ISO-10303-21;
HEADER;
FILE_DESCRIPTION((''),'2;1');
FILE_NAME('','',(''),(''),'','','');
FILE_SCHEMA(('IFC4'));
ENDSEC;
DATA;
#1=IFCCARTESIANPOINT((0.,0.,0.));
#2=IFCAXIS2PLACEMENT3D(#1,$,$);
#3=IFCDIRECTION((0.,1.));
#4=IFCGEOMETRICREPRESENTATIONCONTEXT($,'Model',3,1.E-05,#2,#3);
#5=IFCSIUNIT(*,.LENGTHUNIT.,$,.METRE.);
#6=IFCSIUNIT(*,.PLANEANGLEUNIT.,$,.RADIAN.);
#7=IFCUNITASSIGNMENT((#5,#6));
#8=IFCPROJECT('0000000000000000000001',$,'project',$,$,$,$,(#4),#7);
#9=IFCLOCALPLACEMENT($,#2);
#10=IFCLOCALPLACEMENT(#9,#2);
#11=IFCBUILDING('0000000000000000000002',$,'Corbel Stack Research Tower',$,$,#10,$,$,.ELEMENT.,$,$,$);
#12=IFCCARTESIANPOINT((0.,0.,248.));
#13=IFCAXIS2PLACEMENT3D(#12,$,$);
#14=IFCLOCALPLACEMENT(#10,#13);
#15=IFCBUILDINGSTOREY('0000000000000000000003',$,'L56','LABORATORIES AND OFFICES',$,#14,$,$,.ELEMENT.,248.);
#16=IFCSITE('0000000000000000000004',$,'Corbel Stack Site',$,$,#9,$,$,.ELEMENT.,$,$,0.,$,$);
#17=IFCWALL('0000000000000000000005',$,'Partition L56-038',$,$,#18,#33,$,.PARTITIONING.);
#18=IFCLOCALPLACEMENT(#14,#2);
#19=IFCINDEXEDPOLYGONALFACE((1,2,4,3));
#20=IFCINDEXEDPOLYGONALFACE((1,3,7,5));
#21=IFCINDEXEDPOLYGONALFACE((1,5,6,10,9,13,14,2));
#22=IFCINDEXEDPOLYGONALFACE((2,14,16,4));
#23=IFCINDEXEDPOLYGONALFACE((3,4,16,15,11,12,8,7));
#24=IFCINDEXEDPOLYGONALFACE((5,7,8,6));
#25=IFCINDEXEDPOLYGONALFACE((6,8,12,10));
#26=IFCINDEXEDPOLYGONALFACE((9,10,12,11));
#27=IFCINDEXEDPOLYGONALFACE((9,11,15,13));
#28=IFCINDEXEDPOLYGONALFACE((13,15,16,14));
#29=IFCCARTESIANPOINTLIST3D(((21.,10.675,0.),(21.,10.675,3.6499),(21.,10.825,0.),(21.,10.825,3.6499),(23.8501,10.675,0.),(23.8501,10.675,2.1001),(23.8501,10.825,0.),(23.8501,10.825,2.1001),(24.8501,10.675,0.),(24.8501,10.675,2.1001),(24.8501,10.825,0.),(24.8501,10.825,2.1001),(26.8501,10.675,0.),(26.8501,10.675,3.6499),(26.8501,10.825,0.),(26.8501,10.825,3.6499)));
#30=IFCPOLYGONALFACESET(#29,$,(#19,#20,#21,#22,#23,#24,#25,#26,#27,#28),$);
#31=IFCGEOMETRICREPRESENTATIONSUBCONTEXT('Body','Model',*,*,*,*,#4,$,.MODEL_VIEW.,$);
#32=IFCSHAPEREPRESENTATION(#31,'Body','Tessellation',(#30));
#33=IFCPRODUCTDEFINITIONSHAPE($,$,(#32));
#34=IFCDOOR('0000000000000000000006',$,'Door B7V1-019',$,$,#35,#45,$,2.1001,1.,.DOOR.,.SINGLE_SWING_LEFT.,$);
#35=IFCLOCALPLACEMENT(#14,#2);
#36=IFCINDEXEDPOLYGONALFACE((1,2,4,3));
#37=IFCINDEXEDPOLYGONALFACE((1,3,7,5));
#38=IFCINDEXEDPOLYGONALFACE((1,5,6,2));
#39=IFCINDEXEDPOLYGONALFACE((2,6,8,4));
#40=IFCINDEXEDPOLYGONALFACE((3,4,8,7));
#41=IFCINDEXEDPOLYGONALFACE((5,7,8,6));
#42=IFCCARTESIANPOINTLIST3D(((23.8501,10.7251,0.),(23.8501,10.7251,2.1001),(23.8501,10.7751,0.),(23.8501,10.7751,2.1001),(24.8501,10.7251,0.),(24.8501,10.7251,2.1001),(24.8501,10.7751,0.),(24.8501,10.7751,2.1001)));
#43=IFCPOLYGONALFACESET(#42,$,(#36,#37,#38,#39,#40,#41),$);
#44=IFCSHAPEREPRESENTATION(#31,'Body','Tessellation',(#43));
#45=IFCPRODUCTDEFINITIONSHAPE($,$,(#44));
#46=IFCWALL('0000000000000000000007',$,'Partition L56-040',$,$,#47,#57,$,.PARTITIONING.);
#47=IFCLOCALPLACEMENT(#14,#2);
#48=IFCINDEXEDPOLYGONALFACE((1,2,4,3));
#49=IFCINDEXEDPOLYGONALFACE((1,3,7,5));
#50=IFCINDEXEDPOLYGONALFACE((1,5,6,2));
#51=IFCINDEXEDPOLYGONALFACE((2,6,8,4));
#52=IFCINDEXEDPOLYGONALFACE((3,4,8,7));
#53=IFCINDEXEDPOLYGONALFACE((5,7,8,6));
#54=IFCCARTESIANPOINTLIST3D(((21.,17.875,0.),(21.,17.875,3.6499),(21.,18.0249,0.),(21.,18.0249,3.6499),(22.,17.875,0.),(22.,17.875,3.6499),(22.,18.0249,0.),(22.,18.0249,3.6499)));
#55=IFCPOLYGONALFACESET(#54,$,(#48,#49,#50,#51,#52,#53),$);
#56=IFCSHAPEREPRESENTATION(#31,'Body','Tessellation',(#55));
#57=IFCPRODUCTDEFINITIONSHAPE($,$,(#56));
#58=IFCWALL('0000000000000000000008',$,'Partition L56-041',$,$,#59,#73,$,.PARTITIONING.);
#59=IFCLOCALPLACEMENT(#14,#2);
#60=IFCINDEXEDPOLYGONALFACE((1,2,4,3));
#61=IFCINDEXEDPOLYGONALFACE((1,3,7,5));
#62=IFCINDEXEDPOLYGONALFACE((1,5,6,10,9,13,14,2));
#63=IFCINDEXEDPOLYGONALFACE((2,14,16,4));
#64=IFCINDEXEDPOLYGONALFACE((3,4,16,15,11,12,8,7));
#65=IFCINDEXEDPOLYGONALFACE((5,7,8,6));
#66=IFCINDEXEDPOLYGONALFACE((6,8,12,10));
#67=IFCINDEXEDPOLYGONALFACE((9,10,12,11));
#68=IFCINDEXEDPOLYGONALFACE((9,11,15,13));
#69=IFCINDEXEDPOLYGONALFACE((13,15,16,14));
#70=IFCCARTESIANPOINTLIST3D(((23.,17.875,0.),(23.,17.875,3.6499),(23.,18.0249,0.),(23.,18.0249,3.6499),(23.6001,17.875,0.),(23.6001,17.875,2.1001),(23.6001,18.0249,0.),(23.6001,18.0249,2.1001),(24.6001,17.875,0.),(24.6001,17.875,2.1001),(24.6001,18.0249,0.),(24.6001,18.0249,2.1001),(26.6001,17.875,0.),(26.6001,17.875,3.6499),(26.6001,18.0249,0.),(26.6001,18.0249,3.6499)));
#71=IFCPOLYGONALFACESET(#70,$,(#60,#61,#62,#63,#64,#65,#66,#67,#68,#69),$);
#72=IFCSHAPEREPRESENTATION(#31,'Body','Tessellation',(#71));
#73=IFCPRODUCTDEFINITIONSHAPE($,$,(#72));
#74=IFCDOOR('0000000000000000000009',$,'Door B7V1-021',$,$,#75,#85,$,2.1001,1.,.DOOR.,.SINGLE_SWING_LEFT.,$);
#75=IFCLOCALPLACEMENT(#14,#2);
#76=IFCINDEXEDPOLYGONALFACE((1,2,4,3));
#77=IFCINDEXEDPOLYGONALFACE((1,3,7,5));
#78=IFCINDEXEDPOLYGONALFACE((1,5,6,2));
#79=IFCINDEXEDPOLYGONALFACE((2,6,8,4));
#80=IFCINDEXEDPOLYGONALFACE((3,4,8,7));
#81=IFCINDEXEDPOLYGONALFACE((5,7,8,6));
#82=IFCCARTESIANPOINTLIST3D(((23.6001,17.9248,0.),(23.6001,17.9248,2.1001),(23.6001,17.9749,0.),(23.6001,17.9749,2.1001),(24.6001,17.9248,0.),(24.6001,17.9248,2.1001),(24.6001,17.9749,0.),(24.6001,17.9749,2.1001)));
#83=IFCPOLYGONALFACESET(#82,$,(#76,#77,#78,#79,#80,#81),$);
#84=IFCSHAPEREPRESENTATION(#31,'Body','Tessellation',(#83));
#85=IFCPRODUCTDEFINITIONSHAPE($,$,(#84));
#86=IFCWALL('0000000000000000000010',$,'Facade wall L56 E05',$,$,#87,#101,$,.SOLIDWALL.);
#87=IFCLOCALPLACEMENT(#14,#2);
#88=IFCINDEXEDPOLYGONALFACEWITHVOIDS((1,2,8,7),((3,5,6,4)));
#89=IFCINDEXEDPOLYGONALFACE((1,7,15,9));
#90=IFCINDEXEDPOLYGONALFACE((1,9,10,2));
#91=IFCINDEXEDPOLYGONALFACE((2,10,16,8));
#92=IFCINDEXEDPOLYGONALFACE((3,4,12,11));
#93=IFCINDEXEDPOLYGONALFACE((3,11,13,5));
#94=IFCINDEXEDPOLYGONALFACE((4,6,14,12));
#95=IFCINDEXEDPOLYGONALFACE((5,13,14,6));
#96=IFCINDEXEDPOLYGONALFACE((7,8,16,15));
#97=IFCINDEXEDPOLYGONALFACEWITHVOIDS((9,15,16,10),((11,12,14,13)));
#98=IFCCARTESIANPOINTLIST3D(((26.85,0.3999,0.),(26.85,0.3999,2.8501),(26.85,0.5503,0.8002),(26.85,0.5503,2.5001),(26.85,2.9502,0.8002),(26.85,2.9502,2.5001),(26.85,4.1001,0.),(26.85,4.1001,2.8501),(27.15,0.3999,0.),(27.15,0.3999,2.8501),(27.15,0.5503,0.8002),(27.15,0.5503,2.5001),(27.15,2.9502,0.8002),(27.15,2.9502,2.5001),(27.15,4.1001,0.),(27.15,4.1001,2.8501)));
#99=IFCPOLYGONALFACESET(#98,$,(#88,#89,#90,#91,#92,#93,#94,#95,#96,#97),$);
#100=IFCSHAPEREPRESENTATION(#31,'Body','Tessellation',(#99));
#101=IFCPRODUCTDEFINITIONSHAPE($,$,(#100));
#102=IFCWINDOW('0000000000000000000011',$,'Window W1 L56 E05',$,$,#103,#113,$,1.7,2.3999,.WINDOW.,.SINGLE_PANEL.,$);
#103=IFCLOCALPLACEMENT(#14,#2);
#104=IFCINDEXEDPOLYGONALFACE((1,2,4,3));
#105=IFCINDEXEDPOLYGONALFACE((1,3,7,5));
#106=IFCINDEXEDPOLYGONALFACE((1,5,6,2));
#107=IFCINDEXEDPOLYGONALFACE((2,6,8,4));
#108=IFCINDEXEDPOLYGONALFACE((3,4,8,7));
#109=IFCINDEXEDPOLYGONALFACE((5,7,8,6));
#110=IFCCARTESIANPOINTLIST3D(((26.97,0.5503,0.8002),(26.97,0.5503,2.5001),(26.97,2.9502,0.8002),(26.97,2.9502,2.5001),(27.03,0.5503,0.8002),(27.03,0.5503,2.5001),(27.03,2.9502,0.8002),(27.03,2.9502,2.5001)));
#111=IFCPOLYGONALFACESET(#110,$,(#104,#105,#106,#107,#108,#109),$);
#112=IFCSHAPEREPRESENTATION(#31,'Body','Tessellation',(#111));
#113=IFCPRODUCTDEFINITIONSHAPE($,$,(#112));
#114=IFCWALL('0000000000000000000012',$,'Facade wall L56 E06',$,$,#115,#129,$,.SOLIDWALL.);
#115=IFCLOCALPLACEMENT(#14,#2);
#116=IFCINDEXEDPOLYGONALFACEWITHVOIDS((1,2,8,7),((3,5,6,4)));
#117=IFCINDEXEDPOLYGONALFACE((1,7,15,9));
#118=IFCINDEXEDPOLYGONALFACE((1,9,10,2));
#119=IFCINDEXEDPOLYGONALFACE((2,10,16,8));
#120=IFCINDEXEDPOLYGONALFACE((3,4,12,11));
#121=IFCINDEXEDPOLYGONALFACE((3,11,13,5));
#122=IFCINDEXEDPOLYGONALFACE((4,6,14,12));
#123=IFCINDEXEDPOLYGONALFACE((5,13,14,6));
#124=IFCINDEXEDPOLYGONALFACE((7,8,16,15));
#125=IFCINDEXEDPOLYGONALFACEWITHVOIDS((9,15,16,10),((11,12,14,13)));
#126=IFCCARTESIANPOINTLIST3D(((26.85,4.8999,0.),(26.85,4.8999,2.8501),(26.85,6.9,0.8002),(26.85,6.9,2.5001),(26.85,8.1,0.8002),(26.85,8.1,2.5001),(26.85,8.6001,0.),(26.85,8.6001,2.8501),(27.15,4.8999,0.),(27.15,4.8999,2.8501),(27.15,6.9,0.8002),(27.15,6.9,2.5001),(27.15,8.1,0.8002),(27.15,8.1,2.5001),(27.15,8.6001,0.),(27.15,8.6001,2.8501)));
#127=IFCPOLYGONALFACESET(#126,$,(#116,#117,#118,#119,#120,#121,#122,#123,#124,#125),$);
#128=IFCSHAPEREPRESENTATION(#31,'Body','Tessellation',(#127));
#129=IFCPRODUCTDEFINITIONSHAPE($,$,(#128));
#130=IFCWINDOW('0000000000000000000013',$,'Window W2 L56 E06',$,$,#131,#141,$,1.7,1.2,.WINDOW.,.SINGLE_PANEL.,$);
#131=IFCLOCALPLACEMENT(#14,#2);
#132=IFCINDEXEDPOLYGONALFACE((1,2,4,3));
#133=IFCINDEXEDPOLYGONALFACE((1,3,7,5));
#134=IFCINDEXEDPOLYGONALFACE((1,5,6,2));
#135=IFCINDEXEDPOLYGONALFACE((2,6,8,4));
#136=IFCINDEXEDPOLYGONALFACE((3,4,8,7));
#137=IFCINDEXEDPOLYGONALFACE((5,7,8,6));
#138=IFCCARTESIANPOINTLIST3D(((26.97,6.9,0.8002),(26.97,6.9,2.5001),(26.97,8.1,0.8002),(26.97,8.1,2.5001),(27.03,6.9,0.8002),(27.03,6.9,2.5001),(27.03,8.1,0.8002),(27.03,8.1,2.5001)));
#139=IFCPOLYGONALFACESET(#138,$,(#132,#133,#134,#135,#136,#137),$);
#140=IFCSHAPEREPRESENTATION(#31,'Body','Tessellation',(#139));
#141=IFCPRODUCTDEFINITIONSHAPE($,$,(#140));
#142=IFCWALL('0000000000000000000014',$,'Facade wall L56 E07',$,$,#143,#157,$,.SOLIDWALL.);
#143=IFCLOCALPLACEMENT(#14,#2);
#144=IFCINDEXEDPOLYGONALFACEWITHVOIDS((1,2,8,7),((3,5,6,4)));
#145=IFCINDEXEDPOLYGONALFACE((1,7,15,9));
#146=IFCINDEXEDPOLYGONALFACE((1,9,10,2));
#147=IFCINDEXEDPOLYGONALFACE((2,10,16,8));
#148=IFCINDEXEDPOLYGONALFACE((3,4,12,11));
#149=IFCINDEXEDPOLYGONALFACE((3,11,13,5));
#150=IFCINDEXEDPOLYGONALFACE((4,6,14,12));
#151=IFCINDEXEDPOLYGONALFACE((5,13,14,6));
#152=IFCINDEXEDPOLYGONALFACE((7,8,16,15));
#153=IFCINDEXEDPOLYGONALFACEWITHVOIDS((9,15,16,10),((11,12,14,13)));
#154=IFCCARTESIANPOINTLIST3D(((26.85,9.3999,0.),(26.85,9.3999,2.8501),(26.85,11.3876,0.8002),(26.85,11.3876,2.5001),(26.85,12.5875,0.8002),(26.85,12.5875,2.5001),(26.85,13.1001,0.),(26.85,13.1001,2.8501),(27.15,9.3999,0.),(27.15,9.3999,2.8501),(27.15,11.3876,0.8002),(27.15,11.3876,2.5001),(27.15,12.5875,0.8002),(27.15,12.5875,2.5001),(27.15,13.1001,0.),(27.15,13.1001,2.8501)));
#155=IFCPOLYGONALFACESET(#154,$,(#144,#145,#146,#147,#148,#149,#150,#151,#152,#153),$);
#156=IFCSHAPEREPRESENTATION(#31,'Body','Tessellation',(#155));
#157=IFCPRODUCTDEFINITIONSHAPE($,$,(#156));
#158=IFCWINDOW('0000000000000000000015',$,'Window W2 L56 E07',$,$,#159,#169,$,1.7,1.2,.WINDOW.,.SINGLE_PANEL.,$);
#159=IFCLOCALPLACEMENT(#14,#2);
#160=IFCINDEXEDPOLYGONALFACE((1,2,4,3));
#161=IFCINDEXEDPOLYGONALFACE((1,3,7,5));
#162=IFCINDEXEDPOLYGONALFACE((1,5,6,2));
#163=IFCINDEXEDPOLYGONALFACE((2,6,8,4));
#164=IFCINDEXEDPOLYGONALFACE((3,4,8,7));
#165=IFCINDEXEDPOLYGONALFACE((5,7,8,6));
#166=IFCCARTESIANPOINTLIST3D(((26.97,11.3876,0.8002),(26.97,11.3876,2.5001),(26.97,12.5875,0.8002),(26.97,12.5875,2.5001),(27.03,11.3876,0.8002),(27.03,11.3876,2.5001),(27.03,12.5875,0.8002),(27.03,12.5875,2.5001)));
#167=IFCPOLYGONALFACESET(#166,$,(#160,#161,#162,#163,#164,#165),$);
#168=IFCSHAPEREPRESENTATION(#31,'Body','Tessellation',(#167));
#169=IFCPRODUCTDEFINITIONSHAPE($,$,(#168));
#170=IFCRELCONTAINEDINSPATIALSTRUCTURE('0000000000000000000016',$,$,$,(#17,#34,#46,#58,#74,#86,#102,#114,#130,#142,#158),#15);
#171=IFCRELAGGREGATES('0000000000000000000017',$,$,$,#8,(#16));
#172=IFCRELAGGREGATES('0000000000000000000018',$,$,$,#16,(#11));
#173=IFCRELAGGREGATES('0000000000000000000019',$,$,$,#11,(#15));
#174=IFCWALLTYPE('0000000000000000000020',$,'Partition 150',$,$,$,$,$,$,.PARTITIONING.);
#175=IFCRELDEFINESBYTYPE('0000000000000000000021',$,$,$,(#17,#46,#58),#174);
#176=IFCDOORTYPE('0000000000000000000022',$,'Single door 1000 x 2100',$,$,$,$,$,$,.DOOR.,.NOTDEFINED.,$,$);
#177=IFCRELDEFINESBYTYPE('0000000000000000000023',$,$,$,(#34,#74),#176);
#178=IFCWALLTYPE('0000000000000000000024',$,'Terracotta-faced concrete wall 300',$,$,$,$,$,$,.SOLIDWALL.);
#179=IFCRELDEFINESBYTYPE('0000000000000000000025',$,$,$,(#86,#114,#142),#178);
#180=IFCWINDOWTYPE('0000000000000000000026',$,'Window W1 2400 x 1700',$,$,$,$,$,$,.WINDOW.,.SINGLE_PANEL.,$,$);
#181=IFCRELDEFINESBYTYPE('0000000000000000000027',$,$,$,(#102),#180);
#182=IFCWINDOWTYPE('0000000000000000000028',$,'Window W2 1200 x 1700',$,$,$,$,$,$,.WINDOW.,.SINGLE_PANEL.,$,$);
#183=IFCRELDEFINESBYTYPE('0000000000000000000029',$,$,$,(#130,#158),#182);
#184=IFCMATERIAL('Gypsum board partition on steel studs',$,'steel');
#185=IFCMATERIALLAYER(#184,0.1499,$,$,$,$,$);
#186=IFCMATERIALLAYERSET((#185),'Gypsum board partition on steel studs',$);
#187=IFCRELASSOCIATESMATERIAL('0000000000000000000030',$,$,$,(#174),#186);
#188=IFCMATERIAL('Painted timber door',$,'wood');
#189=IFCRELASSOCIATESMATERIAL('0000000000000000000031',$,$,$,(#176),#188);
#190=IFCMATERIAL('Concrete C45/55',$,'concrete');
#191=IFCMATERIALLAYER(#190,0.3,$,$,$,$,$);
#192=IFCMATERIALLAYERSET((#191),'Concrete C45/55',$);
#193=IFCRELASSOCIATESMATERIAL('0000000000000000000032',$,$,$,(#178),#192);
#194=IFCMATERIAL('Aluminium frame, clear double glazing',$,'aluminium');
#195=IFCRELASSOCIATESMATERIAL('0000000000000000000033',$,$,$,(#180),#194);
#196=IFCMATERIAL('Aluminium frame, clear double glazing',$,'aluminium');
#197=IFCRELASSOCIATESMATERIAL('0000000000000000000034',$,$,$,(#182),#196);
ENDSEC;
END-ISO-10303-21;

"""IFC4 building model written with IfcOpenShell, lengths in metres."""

from ifc_helpers import new_model, si_unit, direction, frame, frame_2d, origin, place, context, subcontext, project, spatial, rectangle, extrude, material, layer, layer_set, type_object, element, fill, save


model = new_model("IFC4")

# Units and contexts
model_context = context("Model", 3, precision=1e-05, world=origin(), true_north=direction((0.0, 1.0)))
body_context = subcontext(model_context, "Body", "Model", "MODEL_VIEW")
ifc_project = project(units=[si_unit("LENGTHUNIT", "METRE"), si_unit("PLANEANGLEUNIT", "RADIAN")], contexts=[model_context])

# Site, building, storey
site_placement = place(None, origin())
site = spatial("IfcSite", under=ifc_project, at=site_placement, Name="Corbel Stack Site", CompositionType="ELEMENT", RefElevation=0.0)
building_placement = place(site_placement, origin())
building = spatial("IfcBuilding", under=site, at=building_placement, Name="Corbel Stack Research Tower", CompositionType="ELEMENT")
storey_placement = place(building_placement, frame((0.0, 0.0, 248.0)))
storey = spatial("IfcBuildingStorey", under=building, at=storey_placement, Name="L56", Description="LABORATORIES AND OFFICES", CompositionType="ELEMENT", Elevation=248.0)

# Wall, opening, door
ifc_material_1 = material(Name="Gypsum board partition on steel studs", Category="steel")
ifc_layer_1 = layer(ifc_material_1, 0.1499)
ifc_layer_set_1 = layer_set([ifc_layer_1], Name="Gypsum board partition on steel studs")
wall_type_1 = type_object("IfcWallType", Name="Partition 150", PredefinedType="PARTITIONING", material=ifc_layer_set_1)
wall_1_placement = place(storey_placement, frame((26.8501, 10.75, 0.0), z_axis=(0.0, 0.0, 1.0), x_axis=(-1.0, 0.0, 0.0)))
wall_1 = element("IfcWall", 1, at=wall_1_placement, inside=storey, type_object=wall_type_1, Name="Partition L56-038", PredefinedType="PARTITIONING", context=body_context, shape_type="SweptSolid", body=[
    extrude(rectangle(XDim=5.8501, YDim=0.1499, at=frame_2d((2.925, 0.0))), origin(), (0.0, 0.0, 1.0), 3.6499),
])
opening_1_placement = place(wall_1_placement, frame((2.0, 0.0, 0.0)))
opening_1 = element("IfcOpeningElement", 2, at=opening_1_placement, cuts=wall_1, PredefinedType="OPENING", context=body_context, shape_type="SweptSolid", body=[
    extrude(rectangle(XDim=1.0, YDim=2.1001, at=frame_2d((0.5, 1.05))), frame((0.0, 0.085, 0.0), z_axis=(0.0, -1.0, 0.0), x_axis=(1.0, 0.0, 0.0)), (0.0, 0.0, 1.0), 0.1699),
])
ifc_material_2 = material(Name="Painted timber door", Category="wood")
door_type = type_object("IfcDoorType", Name="Single door 1000 x 2100", OperationType="NOTDEFINED", PredefinedType="DOOR", material=ifc_material_2)
door_1_placement = place(opening_1_placement, origin())
door_1 = element("IfcDoor", 3, at=door_1_placement, inside=storey, type_object=door_type, Name="Door B7V1-019", OperationType="SINGLE_SWING_LEFT", OverallHeight=2.1001, OverallWidth=1.0, PredefinedType="DOOR", context=body_context, shape_type="SweptSolid", body=[
    extrude(rectangle(XDim=1.0, YDim=2.1001, at=frame_2d((0.5, 1.05))), frame((0.0, 0.0249, 0.0), z_axis=(0.0, -1.0, 0.0), x_axis=(1.0, 0.0, 0.0)), (0.0, 0.0, 1.0), 0.05),
])
fill(opening_1, door_1)

# Wall
wall_2_placement = place(storey_placement, frame((21.0, 17.95, 0.0), z_axis=(0.0, 0.0, 1.0), x_axis=(1.0, 0.0, 0.0)))
element("IfcWall", 4, at=wall_2_placement, inside=storey, type_object=wall_type_1, Name="Partition L56-040", PredefinedType="PARTITIONING", context=body_context, shape_type="SweptSolid", body=[
    extrude(rectangle(XDim=1.0, YDim=0.1499, at=frame_2d((0.5, 0.0))), origin(), (0.0, 0.0, 1.0), 3.6499),
])

# Wall, opening, door
wall_3_placement = place(storey_placement, frame((23.0, 17.95, 0.0), z_axis=(0.0, 0.0, 1.0), x_axis=(1.0, 0.0, 0.0)))
wall_3 = element("IfcWall", 5, at=wall_3_placement, inside=storey, type_object=wall_type_1, Name="Partition L56-041", PredefinedType="PARTITIONING", context=body_context, shape_type="SweptSolid", body=[
    extrude(rectangle(XDim=3.6001, YDim=0.1499, at=frame_2d((1.8, 0.0))), origin(), (0.0, 0.0, 1.0), 3.6499),
])
opening_2_placement = place(wall_3_placement, frame((0.6001, 0.0, 0.0)))
opening_2 = element("IfcOpeningElement", 6, at=opening_2_placement, cuts=wall_3, PredefinedType="OPENING", context=body_context, shape_type="SweptSolid", body=[
    extrude(rectangle(XDim=1.0, YDim=2.1001, at=frame_2d((0.5, 1.05))), frame((0.0, 0.085, 0.0), z_axis=(0.0, -1.0, 0.0), x_axis=(1.0, 0.0, 0.0)), (0.0, 0.0, 1.0), 0.1699),
])
door_2_placement = place(opening_2_placement, origin())
door_2 = element("IfcDoor", 7, at=door_2_placement, inside=storey, type_object=door_type, Name="Door B7V1-021", OperationType="SINGLE_SWING_LEFT", OverallHeight=2.1001, OverallWidth=1.0, PredefinedType="DOOR", context=body_context, shape_type="SweptSolid", body=[
    extrude(rectangle(XDim=1.0, YDim=2.1001, at=frame_2d((0.5, 1.05))), frame((0.0, 0.0249, 0.0), z_axis=(0.0, -1.0, 0.0), x_axis=(1.0, 0.0, 0.0)), (0.0, 0.0, 1.0), 0.05),
])
fill(opening_2, door_2)

# Walls, openings, windows
ifc_material_3 = material(Name="Concrete C45/55", Category="concrete")
ifc_layer_2 = layer(ifc_material_3, 0.3)
ifc_layer_set_2 = layer_set([ifc_layer_2], Name="Concrete C45/55")
wall_type_2 = type_object("IfcWallType", Name="Terracotta-faced concrete wall 300", PredefinedType="SOLIDWALL", material=ifc_layer_set_2)
wall_4_placement = place(storey_placement, frame((27.0, 4.1001, 0.0), z_axis=(0.0, 0.0, 1.0), x_axis=(0.0, -1.0, 0.0)))
wall_4 = element("IfcWall", 8, at=wall_4_placement, inside=storey, type_object=wall_type_2, Name="Facade wall L56 E05", PredefinedType="SOLIDWALL", context=body_context, shape_type="SweptSolid", body=[
    extrude(rectangle(XDim=3.7002, YDim=0.3, at=frame_2d((1.8501, 0.0))), origin(), (0.0, 0.0, 1.0), 2.8501),
])
opening_3_placement = place(wall_4_placement, frame((1.1499, 0.0, 0.8)))
opening_3 = element("IfcOpeningElement", 9, at=opening_3_placement, cuts=wall_4, PredefinedType="OPENING", context=body_context, shape_type="SweptSolid", body=[
    extrude(rectangle(XDim=2.3999, YDim=1.7, at=frame_2d((1.2, 0.8501))), frame((0.0, 0.1599, 0.0), z_axis=(0.0, -1.0, 0.0), x_axis=(1.0, 0.0, 0.0)), (0.0, 0.0, 1.0), 0.3201),
])
ifc_material_4 = material(Name="Aluminium frame, clear double glazing", Category="aluminium")
window_type_1 = type_object("IfcWindowType", Name="Window W1 2400 x 1700", PartitioningType="SINGLE_PANEL", PredefinedType="WINDOW", material=ifc_material_4)
window_1_placement = place(opening_3_placement, origin())
window_1 = element("IfcWindow", 10, at=window_1_placement, inside=storey, type_object=window_type_1, Name="Window W1 L56 E05", OverallHeight=1.7, OverallWidth=2.3999, PartitioningType="SINGLE_PANEL", PredefinedType="WINDOW", context=body_context, shape_type="SweptSolid", body=[
    extrude(rectangle(XDim=2.3999, YDim=1.7, at=frame_2d((1.2, 0.8501))), frame((0.0, 0.03, 0.0), z_axis=(0.0, -1.0, 0.0), x_axis=(1.0, 0.0, 0.0)), (0.0, 0.0, 1.0), 0.0601),
])
fill(opening_3, window_1)
wall_5_placement = place(storey_placement, frame((27.0, 8.6001, 0.0), z_axis=(0.0, 0.0, 1.0), x_axis=(0.0, -1.0, 0.0)))
wall_5 = element("IfcWall", 11, at=wall_5_placement, inside=storey, type_object=wall_type_2, Name="Facade wall L56 E06", PredefinedType="SOLIDWALL", context=body_context, shape_type="SweptSolid", body=[
    extrude(rectangle(XDim=3.7002, YDim=0.3, at=frame_2d((1.8501, 0.0))), origin(), (0.0, 0.0, 1.0), 2.8501),
])
opening_4_placement = place(wall_5_placement, frame((0.5, 0.0, 0.8)))
opening_4 = element("IfcOpeningElement", 12, at=opening_4_placement, cuts=wall_5, PredefinedType="OPENING", context=body_context, shape_type="SweptSolid", body=[
    extrude(rectangle(XDim=1.2, YDim=1.7, at=frame_2d((0.6001, 0.8501))), frame((0.0, 0.1599, 0.0), z_axis=(0.0, -1.0, 0.0), x_axis=(1.0, 0.0, 0.0)), (0.0, 0.0, 1.0), 0.3201),
])
ifc_material_5 = material(Name="Aluminium frame, clear double glazing", Category="aluminium")
window_type_2 = type_object("IfcWindowType", Name="Window W2 1200 x 1700", PartitioningType="SINGLE_PANEL", PredefinedType="WINDOW", material=ifc_material_5)
window_2_placement = place(opening_4_placement, origin())
window_2 = element("IfcWindow", 13, at=window_2_placement, inside=storey, type_object=window_type_2, Name="Window W2 L56 E06", OverallHeight=1.7, OverallWidth=1.2, PartitioningType="SINGLE_PANEL", PredefinedType="WINDOW", context=body_context, shape_type="SweptSolid", body=[
    extrude(rectangle(XDim=1.2, YDim=1.7, at=frame_2d((0.6001, 0.8501))), frame((0.0, 0.03, 0.0), z_axis=(0.0, -1.0, 0.0), x_axis=(1.0, 0.0, 0.0)), (0.0, 0.0, 1.0), 0.0601),
])
fill(opening_4, window_2)
wall_6_placement = place(storey_placement, frame((27.0, 13.1001, 0.0), z_axis=(0.0, 0.0, 1.0), x_axis=(0.0, -1.0, 0.0)))
wall_6 = element("IfcWall", 14, at=wall_6_placement, inside=storey, type_object=wall_type_2, Name="Facade wall L56 E07", PredefinedType="SOLIDWALL", context=body_context, shape_type="SweptSolid", body=[
    extrude(rectangle(XDim=3.7002, YDim=0.3, at=frame_2d((1.8501, 0.0))), origin(), (0.0, 0.0, 1.0), 2.8501),
])
opening_5_placement = place(wall_6_placement, frame((0.5125, 0.0, 0.8)))
opening_5 = element("IfcOpeningElement", 15, at=opening_5_placement, cuts=wall_6, PredefinedType="OPENING", context=body_context, shape_type="SweptSolid", body=[
    extrude(rectangle(XDim=1.2, YDim=1.7, at=frame_2d((0.6001, 0.8501))), frame((0.0, 0.1599, 0.0), z_axis=(0.0, -1.0, 0.0), x_axis=(1.0, 0.0, 0.0)), (0.0, 0.0, 1.0), 0.3201),
])
window_3_placement = place(opening_5_placement, origin())
window_3 = element("IfcWindow", 16, at=window_3_placement, inside=storey, type_object=window_type_2, Name="Window W2 L56 E07", OverallHeight=1.7, OverallWidth=1.2, PartitioningType="SINGLE_PANEL", PredefinedType="WINDOW", context=body_context, shape_type="SweptSolid", body=[
    extrude(rectangle(XDim=1.2, YDim=1.7, at=frame_2d((0.6001, 0.8501))), frame((0.0, 0.03, 0.0), z_axis=(0.0, -1.0, 0.0), x_axis=(1.0, 0.0, 0.0)), (0.0, 0.0, 1.0), 0.0601),
])
fill(opening_5, window_3)

save(model, "model.ifc")
